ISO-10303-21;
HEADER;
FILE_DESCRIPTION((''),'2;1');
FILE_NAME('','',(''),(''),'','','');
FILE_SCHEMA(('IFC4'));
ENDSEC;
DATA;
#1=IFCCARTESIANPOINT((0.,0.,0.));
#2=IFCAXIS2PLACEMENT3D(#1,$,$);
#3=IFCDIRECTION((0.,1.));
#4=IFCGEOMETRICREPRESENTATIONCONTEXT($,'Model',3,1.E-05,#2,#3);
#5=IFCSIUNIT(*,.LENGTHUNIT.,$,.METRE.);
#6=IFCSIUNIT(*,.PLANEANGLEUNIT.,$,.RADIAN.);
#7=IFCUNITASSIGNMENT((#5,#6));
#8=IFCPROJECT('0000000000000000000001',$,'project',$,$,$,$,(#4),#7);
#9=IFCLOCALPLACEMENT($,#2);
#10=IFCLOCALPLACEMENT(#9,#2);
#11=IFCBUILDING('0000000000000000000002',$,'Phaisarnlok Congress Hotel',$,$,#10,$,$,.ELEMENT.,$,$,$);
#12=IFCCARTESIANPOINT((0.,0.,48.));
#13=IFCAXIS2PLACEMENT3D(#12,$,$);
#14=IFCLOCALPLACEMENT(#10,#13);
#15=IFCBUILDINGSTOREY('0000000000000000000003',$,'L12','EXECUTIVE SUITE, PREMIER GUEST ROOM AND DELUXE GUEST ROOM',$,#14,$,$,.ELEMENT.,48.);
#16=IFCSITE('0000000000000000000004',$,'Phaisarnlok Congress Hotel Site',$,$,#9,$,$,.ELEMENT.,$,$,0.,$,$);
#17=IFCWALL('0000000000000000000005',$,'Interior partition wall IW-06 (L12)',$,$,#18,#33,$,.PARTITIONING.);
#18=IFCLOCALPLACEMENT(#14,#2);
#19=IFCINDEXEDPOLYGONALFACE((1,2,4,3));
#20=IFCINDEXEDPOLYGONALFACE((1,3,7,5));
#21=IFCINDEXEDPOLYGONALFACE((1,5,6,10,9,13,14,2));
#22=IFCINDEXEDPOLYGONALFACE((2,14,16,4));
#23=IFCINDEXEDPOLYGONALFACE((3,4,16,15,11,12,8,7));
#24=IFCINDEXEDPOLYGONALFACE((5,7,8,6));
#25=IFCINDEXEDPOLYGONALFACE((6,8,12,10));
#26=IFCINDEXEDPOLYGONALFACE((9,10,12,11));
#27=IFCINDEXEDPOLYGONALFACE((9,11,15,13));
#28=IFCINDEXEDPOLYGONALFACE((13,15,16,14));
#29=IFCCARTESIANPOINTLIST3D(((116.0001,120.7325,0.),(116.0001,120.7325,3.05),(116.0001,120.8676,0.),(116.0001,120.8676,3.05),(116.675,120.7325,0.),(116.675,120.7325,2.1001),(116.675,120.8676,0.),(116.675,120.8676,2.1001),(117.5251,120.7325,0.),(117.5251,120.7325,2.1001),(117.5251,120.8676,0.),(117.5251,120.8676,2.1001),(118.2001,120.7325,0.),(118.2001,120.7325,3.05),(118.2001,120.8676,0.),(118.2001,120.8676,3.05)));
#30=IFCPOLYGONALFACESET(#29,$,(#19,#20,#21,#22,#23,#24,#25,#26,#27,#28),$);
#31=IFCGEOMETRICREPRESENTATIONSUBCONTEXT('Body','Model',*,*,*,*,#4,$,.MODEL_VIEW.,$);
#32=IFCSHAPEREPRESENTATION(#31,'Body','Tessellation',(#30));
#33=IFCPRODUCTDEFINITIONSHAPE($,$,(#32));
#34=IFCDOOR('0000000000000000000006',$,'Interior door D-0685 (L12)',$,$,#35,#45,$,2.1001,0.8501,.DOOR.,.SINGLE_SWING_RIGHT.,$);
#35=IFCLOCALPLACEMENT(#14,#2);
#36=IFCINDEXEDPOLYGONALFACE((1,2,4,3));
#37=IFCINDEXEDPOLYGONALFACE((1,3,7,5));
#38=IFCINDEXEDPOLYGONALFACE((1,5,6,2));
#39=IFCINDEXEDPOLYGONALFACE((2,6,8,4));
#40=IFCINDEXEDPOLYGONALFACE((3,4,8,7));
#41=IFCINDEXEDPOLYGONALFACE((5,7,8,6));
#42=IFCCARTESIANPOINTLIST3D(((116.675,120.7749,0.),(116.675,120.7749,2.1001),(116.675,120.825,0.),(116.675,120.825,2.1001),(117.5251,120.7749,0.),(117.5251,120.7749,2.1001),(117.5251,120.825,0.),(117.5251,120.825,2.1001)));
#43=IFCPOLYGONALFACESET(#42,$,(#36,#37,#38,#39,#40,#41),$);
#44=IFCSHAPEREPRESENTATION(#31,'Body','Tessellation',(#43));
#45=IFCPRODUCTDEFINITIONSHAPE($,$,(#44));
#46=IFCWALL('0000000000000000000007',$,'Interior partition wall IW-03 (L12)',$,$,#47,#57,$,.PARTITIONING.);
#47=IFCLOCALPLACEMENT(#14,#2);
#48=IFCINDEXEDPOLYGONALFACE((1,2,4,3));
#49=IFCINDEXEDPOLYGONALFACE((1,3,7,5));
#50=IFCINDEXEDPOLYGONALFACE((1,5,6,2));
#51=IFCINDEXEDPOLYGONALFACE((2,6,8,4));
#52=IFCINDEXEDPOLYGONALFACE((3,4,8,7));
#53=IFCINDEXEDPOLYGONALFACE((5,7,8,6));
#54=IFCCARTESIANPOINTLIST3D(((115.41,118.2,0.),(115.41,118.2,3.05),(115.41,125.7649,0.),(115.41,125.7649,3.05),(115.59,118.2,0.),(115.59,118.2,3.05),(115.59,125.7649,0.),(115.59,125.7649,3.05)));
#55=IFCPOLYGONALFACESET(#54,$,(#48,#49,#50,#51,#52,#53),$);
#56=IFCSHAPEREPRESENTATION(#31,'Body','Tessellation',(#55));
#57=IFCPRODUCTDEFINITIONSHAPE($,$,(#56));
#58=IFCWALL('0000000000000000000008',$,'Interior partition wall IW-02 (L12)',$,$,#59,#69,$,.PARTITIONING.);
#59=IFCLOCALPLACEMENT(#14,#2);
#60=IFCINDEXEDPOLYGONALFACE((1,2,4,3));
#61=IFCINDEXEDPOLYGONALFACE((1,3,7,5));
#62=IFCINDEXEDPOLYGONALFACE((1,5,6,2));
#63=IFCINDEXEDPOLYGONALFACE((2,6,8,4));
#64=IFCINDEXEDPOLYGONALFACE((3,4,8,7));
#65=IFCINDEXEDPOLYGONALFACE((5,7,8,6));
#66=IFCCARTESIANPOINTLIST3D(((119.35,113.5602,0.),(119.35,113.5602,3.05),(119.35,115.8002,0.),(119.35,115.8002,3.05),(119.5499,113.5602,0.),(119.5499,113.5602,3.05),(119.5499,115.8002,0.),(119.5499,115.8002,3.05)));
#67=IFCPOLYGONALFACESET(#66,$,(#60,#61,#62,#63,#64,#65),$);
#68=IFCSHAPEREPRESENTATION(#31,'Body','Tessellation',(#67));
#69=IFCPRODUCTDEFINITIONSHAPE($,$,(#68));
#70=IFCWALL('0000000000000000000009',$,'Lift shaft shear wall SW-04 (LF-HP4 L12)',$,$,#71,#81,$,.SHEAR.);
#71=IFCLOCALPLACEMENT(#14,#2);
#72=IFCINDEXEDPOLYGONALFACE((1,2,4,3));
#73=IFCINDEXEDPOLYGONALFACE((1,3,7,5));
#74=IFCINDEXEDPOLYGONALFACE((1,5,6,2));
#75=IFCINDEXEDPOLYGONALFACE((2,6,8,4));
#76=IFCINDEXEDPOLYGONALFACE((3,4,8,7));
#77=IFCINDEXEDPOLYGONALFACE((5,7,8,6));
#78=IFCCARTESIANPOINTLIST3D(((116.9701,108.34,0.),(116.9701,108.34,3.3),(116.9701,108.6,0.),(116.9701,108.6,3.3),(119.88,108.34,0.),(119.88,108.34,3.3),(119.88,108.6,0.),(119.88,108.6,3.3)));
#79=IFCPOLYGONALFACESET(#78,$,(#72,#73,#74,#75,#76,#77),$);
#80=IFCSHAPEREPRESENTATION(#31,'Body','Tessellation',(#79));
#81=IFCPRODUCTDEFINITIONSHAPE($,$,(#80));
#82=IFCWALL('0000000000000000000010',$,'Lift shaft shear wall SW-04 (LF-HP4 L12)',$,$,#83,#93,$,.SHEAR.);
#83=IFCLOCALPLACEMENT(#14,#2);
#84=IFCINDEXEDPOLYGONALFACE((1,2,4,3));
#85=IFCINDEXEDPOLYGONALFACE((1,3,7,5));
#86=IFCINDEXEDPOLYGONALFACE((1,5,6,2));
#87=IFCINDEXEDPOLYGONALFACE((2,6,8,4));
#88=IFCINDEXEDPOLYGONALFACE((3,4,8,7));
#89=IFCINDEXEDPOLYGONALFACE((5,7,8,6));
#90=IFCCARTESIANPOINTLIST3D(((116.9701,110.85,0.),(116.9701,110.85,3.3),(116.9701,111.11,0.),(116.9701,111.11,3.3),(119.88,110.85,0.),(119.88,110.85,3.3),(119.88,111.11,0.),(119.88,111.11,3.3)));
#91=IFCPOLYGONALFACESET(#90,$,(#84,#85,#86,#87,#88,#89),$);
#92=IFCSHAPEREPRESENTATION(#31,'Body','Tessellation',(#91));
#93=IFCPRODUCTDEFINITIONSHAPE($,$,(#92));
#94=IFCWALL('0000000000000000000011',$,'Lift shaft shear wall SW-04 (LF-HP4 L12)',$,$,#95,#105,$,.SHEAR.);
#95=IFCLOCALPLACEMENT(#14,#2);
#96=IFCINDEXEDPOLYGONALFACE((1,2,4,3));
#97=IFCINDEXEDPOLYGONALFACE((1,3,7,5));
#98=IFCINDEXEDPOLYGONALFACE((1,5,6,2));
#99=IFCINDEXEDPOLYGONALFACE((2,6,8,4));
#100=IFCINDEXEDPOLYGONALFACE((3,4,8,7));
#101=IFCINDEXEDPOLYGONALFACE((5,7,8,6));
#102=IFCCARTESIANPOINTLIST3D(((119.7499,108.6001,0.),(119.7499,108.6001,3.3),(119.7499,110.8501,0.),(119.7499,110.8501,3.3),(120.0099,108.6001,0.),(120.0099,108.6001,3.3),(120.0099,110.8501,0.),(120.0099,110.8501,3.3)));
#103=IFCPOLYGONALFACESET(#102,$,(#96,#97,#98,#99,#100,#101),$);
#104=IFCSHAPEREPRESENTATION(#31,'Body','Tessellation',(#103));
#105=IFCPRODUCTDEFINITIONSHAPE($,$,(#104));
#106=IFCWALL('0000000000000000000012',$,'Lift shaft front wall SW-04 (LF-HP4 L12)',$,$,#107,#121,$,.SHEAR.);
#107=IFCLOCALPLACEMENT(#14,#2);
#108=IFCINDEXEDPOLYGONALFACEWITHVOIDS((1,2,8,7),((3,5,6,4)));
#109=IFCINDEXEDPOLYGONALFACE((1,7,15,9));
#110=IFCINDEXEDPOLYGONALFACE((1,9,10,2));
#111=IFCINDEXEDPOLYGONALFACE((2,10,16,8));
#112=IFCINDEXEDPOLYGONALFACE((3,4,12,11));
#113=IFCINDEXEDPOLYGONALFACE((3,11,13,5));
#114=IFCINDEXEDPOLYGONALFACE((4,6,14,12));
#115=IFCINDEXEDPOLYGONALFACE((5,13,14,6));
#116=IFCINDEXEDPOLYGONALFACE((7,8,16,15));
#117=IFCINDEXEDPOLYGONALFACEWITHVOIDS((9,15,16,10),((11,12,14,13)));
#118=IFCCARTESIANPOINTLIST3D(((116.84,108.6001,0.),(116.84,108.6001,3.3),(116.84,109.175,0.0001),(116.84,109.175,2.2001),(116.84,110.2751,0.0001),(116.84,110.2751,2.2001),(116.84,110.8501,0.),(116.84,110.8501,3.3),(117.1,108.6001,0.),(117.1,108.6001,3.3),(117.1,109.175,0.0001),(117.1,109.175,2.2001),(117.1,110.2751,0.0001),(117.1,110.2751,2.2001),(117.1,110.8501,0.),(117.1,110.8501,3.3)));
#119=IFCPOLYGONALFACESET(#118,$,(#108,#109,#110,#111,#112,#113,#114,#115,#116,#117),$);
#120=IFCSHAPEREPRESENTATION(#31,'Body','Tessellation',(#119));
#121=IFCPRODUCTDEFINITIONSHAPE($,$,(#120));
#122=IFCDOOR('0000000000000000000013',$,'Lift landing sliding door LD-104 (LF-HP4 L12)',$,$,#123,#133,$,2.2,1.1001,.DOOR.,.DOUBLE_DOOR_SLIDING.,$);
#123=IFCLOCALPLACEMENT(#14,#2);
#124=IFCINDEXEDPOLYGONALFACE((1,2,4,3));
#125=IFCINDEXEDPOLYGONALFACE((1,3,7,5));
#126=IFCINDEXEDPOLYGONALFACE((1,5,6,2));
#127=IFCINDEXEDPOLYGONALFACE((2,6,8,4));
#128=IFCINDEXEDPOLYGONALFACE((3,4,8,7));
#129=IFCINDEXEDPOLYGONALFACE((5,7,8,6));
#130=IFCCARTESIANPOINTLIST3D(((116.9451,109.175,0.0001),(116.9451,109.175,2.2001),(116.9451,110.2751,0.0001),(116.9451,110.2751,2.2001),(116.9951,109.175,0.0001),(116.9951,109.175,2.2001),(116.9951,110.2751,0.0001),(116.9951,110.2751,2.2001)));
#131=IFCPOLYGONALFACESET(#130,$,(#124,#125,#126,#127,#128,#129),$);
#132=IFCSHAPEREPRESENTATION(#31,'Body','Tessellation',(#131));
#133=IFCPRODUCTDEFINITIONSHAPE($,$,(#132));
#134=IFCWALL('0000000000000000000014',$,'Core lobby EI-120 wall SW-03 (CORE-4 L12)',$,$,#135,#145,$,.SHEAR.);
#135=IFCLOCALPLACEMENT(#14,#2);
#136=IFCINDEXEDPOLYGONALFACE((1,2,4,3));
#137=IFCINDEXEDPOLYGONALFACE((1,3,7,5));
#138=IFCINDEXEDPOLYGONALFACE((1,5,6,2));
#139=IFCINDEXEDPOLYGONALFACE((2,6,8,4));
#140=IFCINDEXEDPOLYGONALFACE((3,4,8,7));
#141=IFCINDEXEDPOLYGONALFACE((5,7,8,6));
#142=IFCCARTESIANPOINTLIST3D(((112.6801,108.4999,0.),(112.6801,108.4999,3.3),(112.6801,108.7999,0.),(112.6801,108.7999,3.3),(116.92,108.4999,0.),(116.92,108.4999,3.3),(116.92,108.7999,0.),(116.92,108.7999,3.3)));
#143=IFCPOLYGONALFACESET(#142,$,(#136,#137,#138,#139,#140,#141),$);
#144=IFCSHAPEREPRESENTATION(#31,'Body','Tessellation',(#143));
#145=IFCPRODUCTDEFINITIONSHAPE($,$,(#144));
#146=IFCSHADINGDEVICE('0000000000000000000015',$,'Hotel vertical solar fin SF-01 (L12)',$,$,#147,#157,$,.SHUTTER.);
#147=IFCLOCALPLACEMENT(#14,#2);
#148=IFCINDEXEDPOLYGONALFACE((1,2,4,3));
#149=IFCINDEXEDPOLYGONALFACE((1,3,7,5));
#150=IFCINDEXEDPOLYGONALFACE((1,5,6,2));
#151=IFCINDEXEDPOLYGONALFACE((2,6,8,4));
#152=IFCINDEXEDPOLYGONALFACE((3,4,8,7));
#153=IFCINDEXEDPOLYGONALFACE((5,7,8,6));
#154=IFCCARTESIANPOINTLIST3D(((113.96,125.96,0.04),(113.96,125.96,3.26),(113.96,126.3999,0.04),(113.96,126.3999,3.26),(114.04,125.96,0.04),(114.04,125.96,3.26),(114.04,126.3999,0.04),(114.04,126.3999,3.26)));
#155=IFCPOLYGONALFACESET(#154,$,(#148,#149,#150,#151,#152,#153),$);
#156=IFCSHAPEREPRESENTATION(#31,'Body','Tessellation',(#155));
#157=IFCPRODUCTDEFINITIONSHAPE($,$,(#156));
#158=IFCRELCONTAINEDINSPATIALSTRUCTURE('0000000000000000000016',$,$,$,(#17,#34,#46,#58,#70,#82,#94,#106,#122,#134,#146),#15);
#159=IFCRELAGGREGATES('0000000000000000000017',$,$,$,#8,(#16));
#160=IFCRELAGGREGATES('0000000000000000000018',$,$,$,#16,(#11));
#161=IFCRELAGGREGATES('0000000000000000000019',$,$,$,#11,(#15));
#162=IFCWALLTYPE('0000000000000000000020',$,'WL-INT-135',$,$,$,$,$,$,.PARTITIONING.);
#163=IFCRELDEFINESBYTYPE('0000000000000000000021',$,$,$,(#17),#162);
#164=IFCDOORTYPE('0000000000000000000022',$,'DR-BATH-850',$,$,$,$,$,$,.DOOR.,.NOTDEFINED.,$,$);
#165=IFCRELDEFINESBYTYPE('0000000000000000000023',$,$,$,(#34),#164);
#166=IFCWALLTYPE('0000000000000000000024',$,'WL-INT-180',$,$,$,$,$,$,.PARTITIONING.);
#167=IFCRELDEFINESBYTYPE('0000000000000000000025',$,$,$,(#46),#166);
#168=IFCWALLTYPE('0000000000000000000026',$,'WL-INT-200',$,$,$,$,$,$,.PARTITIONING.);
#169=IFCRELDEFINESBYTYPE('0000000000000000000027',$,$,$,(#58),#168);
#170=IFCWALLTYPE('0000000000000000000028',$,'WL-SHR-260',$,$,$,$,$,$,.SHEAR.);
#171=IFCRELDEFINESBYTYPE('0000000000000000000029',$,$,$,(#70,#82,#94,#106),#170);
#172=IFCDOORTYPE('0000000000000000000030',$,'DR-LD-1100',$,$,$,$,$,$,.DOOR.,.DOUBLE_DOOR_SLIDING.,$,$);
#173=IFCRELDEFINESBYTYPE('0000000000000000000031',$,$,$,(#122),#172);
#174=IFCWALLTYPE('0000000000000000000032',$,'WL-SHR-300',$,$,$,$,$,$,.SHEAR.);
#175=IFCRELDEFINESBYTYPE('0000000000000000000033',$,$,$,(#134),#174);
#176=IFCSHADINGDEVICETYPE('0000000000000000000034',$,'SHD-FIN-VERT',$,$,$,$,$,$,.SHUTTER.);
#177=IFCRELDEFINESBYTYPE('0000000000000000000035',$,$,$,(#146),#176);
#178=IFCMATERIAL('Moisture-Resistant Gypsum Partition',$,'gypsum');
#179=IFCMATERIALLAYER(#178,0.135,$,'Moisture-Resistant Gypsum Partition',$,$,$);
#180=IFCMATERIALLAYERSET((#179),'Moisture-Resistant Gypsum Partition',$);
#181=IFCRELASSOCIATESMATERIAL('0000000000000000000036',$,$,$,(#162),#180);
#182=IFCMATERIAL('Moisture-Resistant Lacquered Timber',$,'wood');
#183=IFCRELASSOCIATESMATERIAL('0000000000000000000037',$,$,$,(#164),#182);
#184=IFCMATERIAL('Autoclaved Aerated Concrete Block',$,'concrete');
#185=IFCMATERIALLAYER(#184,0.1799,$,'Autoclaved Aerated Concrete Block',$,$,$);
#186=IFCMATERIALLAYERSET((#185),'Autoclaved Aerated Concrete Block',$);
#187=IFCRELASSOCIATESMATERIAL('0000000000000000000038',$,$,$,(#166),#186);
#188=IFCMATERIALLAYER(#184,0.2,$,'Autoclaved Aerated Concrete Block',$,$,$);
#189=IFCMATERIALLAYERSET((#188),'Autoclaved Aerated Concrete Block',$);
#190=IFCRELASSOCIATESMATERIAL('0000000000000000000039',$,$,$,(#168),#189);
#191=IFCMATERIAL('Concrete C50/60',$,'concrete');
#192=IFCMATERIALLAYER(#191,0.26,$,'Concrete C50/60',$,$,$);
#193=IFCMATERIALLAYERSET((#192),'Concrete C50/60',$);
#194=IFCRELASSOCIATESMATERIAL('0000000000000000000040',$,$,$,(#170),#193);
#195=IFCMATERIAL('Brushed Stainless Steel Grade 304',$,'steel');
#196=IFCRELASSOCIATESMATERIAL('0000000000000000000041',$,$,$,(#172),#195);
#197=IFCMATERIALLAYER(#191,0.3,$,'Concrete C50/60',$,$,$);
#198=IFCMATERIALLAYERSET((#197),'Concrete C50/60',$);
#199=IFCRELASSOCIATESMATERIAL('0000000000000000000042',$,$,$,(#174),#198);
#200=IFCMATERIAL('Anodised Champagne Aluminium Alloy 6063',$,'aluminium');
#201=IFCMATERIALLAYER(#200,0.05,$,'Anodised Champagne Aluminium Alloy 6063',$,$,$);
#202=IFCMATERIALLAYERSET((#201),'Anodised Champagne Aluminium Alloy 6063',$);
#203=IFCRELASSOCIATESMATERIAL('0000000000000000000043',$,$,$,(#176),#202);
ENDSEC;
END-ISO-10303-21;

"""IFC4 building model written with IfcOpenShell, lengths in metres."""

from ifc_helpers import new_model, si_unit, direction, frame, frame_2d, origin, origin_2d, place, context, subcontext, project, spatial, rectangle, extrude, material, layer, layer_set, type_object, element, fill, save


model = new_model("IFC4")

# Units and contexts
model_context = context("Model", 3, precision=1e-05, world=origin(), true_north=direction((0.0, 1.0)))
body_context = subcontext(model_context, "Body", "Model", "MODEL_VIEW")
ifc_project = project(units=[si_unit("LENGTHUNIT", "METRE"), si_unit("PLANEANGLEUNIT", "RADIAN")], contexts=[model_context])

# Site, building, storey
site_placement = place(None, origin())
site = spatial("IfcSite", under=ifc_project, at=site_placement, Name="Phaisarnlok Congress Hotel Site", CompositionType="ELEMENT", RefElevation=0.0)
building_placement = place(site_placement, origin())
building = spatial("IfcBuilding", under=site, at=building_placement, Name="Phaisarnlok Congress Hotel", CompositionType="ELEMENT")
storey_placement = place(building_placement, frame((0.0, 0.0, 48.0)))
storey = spatial("IfcBuildingStorey", under=building, at=storey_placement, Name="L12", Description="EXECUTIVE SUITE, PREMIER GUEST ROOM AND DELUXE GUEST ROOM", CompositionType="ELEMENT", Elevation=48.0)

# Shared definitions
ifc_material_1 = material(Name="Concrete C50/60", Category="concrete")

# Shared definitions
ifc_material_2 = material(Name="Moisture-Resistant Gypsum Partition", Category="gypsum")
ifc_layer_1 = layer(ifc_material_2, 0.135, Name="Moisture-Resistant Gypsum Partition")
ifc_layer_set_1 = layer_set([ifc_layer_1], Name="Moisture-Resistant Gypsum Partition")
wall_type_1 = type_object("IfcWallType", Name="WL-INT-135", PredefinedType="PARTITIONING", material=ifc_layer_set_1)

# Wall, opening, door
wall_1_placement = place(storey_placement, frame((116.0, 120.8, 0.0), z_axis=(0.0, 0.0, 1.0), x_axis=(1.0, 0.0, 0.0)))
wall_1 = element("IfcWall", 1, at=wall_1_placement, inside=storey, type_object=wall_type_1, Name="Interior partition wall IW-06 (L12)", PredefinedType="PARTITIONING", context=body_context, shape_type="SweptSolid", body=[
    extrude(rectangle(XDim=2.2, YDim=0.135, at=frame_2d((1.1001, 0.0))), origin(), (0.0, 0.0, 1.0), 3.05),
])
opening_1_placement = place(wall_1_placement, frame((0.675, 0.0, 0.0)))
opening_1 = element("IfcOpeningElement", 2, at=opening_1_placement, cuts=wall_1, PredefinedType="OPENING", context=body_context, shape_type="SweptSolid", body=[
    extrude(rectangle(XDim=0.8501, YDim=2.1001, at=frame_2d((0.425, 1.05))), frame((0.0, 0.0776, 0.0), z_axis=(0.0, -1.0, 0.0), x_axis=(1.0, 0.0, 0.0)), (0.0, 0.0, 1.0), 0.155),
])
ifc_material_3 = material(Name="Moisture-Resistant Lacquered Timber", Category="wood")
door_type_1 = type_object("IfcDoorType", Name="DR-BATH-850", OperationType="NOTDEFINED", PredefinedType="DOOR", material=ifc_material_3)
door_1_placement = place(opening_1_placement, origin())
door_1 = element("IfcDoor", 3, at=door_1_placement, inside=storey, type_object=door_type_1, Name="Interior door D-0685 (L12)", OperationType="SINGLE_SWING_RIGHT", OverallHeight=2.1001, OverallWidth=0.8501, PredefinedType="DOOR", context=body_context, shape_type="SweptSolid", body=[
    extrude(rectangle(XDim=0.8501, YDim=2.1001, at=frame_2d((0.425, 1.05))), frame((0.0, 0.0249, 0.0), z_axis=(0.0, -1.0, 0.0), x_axis=(1.0, 0.0, 0.0)), (0.0, 0.0, 1.0), 0.05),
])
fill(opening_1, door_1)

# Walls
ifc_material_4 = material(Name="Autoclaved Aerated Concrete Block", Category="concrete")
ifc_layer_2 = layer(ifc_material_4, 0.1799, Name="Autoclaved Aerated Concrete Block")
ifc_layer_set_2 = layer_set([ifc_layer_2], Name="Autoclaved Aerated Concrete Block")
wall_type_2 = type_object("IfcWallType", Name="WL-INT-180", PredefinedType="PARTITIONING", material=ifc_layer_set_2)
wall_2_placement = place(storey_placement, frame((115.5, 118.2, 0.0), z_axis=(0.0, 0.0, 1.0), x_axis=(0.0, 1.0, 0.0)))
element("IfcWall", 4, at=wall_2_placement, inside=storey, type_object=wall_type_2, Name="Interior partition wall IW-03 (L12)", PredefinedType="PARTITIONING", context=body_context, shape_type="SweptSolid", body=[
    extrude(rectangle(XDim=7.5649, YDim=0.1799, at=frame_2d((3.7825, 0.0))), origin(), (0.0, 0.0, 1.0), 3.05),
])
ifc_layer_3 = layer(ifc_material_4, 0.2, Name="Autoclaved Aerated Concrete Block")
ifc_layer_set_3 = layer_set([ifc_layer_3], Name="Autoclaved Aerated Concrete Block")
wall_type_3 = type_object("IfcWallType", Name="WL-INT-200", PredefinedType="PARTITIONING", material=ifc_layer_set_3)
wall_3_placement = place(storey_placement, frame((119.45, 113.5601, 0.0), z_axis=(0.0, 0.0, 1.0), x_axis=(0.0, 1.0, 0.0)))
element("IfcWall", 5, at=wall_3_placement, inside=storey, type_object=wall_type_3, Name="Interior partition wall IW-02 (L12)", PredefinedType="PARTITIONING", context=body_context, shape_type="SweptSolid", body=[
    extrude(rectangle(XDim=2.24, YDim=0.2, at=frame_2d((1.1201, 0.0))), origin(), (0.0, 0.0, 1.0), 3.05),
])
ifc_layer_4 = layer(ifc_material_1, 0.26, Name="Concrete C50/60")
ifc_layer_set_4 = layer_set([ifc_layer_4], Name="Concrete C50/60")
wall_type_4 = type_object("IfcWallType", Name="WL-SHR-260", PredefinedType="SHEAR", material=ifc_layer_set_4)
for number, where, z_axis, x_axis, name in (
    (6, (116.97, 108.47, 0.0), (0.0, 0.0, 1.0), (1.0, 0.0, 0.0), "Lift shaft shear wall SW-04 (LF-HP4 L12)"),
    (7, (116.97, 110.98, 0.0), (0.0, 0.0, 1.0), (1.0, 0.0, 0.0), "Lift shaft shear wall SW-04 (LF-HP4 L12)"),
):
    element("IfcWall", number, at=place(storey_placement, frame(where, z_axis=z_axis, x_axis=x_axis)), inside=storey, type_object=wall_type_4, Name=name, PredefinedType="SHEAR", context=body_context, shape_type="SweptSolid", body=[
        extrude(rectangle(XDim=2.9099, YDim=0.26, at=frame_2d((1.4551, 0.0))), origin(), (0.0, 0.0, 1.0), 3.3),
    ])
wall_4_placement = place(storey_placement, frame((119.8799, 108.6001, 0.0), z_axis=(0.0, 0.0, 1.0), x_axis=(0.0, 1.0, 0.0)))
element("IfcWall", 8, at=wall_4_placement, inside=storey, type_object=wall_type_4, Name="Lift shaft shear wall SW-04 (LF-HP4 L12)", PredefinedType="SHEAR", context=body_context, shape_type="SweptSolid", body=[
    extrude(rectangle(XDim=2.25, YDim=0.26, at=frame_2d((1.125, 0.0))), origin(), (0.0, 0.0, 1.0), 3.3),
])

# Wall, opening, door
wall_5_placement = place(storey_placement, frame((116.97, 108.6001, 0.0), z_axis=(0.0, 0.0, 1.0), x_axis=(0.0, 1.0, 0.0)))
wall_5 = element("IfcWall", 9, at=wall_5_placement, inside=storey, type_object=wall_type_4, Name="Lift shaft front wall SW-04 (LF-HP4 L12)", PredefinedType="SHEAR", context=body_context, shape_type="SweptSolid", body=[
    extrude(rectangle(XDim=2.25, YDim=0.26, at=frame_2d((1.125, 0.0))), origin(), (0.0, 0.0, 1.0), 3.3),
])
opening_2_placement = place(wall_5_placement, frame((0.575, 0.0, 0.0)))
opening_2 = element("IfcOpeningElement", 10, at=opening_2_placement, cuts=wall_5, PredefinedType="OPENING", context=body_context, shape_type="SweptSolid", body=[
    extrude(rectangle(XDim=1.1001, YDim=2.2, at=frame_2d((0.55, 1.1001))), frame((0.0, 0.1401, 0.0), z_axis=(0.0, -1.0, 0.0), x_axis=(1.0, 0.0, 0.0)), (0.0, 0.0, 1.0), 0.28),
])
ifc_material_5 = material(Name="Brushed Stainless Steel Grade 304", Category="steel")
door_type_2 = type_object("IfcDoorType", Name="DR-LD-1100", OperationType="DOUBLE_DOOR_SLIDING", PredefinedType="DOOR", material=ifc_material_5)
door_2_placement = place(opening_2_placement, origin())
door_2 = element("IfcDoor", 11, at=door_2_placement, inside=storey, type_object=door_type_2, Name="Lift landing sliding door LD-104 (LF-HP4 L12)", OperationType="DOUBLE_DOOR_SLIDING", OverallHeight=2.2, OverallWidth=1.1001, PredefinedType="DOOR", context=body_context, shape_type="SweptSolid", body=[
    extrude(rectangle(XDim=1.1001, YDim=2.2, at=frame_2d((0.55, 1.1001))), frame((0.0, 0.0249, 0.0), z_axis=(0.0, -1.0, 0.0), x_axis=(1.0, 0.0, 0.0)), (0.0, 0.0, 1.0), 0.05),
])
fill(opening_2, door_2)

# Wall
ifc_layer_5 = layer(ifc_material_1, 0.3, Name="Concrete C50/60")
ifc_layer_set_5 = layer_set([ifc_layer_5], Name="Concrete C50/60")
wall_type_5 = type_object("IfcWallType", Name="WL-SHR-300", PredefinedType="SHEAR", material=ifc_layer_set_5)
wall_6_placement = place(storey_placement, frame((112.6799, 108.6499, 0.0), z_axis=(0.0, 0.0, 1.0), x_axis=(1.0, 0.0, 0.0)))
element("IfcWall", 12, at=wall_6_placement, inside=storey, type_object=wall_type_5, Name="Core lobby EI-120 wall SW-03 (CORE-4 L12)", PredefinedType="SHEAR", context=body_context, shape_type="SweptSolid", body=[
    extrude(rectangle(XDim=4.24, YDim=0.3, at=frame_2d((2.1201, 0.0))), origin(), (0.0, 0.0, 1.0), 3.3),
])

# Shading device
ifc_material_6 = material(Name="Anodised Champagne Aluminium Alloy 6063", Category="aluminium")
ifc_layer_6 = layer(ifc_material_6, 0.05, Name="Anodised Champagne Aluminium Alloy 6063")
ifc_layer_set_6 = layer_set([ifc_layer_6], Name="Anodised Champagne Aluminium Alloy 6063")
shading_device_type = type_object("IfcShadingDeviceType", Name="SHD-FIN-VERT", PredefinedType="SHUTTER", material=ifc_layer_set_6)
shading_device_placement = place(storey_placement, frame((114.0, 126.1799, 0.04), z_axis=(0.0, 0.0, 1.0), x_axis=(1.0, 0.0, 0.0)))
element("IfcShadingDevice", 13, at=shading_device_placement, inside=storey, type_object=shading_device_type, Name="Hotel vertical solar fin SF-01 (L12)", PredefinedType="SHUTTER", context=body_context, shape_type="SweptSolid", body=[
    extrude(rectangle(XDim=0.0801, YDim=0.4399, at=origin_2d()), origin(), (0.0, 0.0, 1.0), 3.22),
])

save(model, "model.ifc")
